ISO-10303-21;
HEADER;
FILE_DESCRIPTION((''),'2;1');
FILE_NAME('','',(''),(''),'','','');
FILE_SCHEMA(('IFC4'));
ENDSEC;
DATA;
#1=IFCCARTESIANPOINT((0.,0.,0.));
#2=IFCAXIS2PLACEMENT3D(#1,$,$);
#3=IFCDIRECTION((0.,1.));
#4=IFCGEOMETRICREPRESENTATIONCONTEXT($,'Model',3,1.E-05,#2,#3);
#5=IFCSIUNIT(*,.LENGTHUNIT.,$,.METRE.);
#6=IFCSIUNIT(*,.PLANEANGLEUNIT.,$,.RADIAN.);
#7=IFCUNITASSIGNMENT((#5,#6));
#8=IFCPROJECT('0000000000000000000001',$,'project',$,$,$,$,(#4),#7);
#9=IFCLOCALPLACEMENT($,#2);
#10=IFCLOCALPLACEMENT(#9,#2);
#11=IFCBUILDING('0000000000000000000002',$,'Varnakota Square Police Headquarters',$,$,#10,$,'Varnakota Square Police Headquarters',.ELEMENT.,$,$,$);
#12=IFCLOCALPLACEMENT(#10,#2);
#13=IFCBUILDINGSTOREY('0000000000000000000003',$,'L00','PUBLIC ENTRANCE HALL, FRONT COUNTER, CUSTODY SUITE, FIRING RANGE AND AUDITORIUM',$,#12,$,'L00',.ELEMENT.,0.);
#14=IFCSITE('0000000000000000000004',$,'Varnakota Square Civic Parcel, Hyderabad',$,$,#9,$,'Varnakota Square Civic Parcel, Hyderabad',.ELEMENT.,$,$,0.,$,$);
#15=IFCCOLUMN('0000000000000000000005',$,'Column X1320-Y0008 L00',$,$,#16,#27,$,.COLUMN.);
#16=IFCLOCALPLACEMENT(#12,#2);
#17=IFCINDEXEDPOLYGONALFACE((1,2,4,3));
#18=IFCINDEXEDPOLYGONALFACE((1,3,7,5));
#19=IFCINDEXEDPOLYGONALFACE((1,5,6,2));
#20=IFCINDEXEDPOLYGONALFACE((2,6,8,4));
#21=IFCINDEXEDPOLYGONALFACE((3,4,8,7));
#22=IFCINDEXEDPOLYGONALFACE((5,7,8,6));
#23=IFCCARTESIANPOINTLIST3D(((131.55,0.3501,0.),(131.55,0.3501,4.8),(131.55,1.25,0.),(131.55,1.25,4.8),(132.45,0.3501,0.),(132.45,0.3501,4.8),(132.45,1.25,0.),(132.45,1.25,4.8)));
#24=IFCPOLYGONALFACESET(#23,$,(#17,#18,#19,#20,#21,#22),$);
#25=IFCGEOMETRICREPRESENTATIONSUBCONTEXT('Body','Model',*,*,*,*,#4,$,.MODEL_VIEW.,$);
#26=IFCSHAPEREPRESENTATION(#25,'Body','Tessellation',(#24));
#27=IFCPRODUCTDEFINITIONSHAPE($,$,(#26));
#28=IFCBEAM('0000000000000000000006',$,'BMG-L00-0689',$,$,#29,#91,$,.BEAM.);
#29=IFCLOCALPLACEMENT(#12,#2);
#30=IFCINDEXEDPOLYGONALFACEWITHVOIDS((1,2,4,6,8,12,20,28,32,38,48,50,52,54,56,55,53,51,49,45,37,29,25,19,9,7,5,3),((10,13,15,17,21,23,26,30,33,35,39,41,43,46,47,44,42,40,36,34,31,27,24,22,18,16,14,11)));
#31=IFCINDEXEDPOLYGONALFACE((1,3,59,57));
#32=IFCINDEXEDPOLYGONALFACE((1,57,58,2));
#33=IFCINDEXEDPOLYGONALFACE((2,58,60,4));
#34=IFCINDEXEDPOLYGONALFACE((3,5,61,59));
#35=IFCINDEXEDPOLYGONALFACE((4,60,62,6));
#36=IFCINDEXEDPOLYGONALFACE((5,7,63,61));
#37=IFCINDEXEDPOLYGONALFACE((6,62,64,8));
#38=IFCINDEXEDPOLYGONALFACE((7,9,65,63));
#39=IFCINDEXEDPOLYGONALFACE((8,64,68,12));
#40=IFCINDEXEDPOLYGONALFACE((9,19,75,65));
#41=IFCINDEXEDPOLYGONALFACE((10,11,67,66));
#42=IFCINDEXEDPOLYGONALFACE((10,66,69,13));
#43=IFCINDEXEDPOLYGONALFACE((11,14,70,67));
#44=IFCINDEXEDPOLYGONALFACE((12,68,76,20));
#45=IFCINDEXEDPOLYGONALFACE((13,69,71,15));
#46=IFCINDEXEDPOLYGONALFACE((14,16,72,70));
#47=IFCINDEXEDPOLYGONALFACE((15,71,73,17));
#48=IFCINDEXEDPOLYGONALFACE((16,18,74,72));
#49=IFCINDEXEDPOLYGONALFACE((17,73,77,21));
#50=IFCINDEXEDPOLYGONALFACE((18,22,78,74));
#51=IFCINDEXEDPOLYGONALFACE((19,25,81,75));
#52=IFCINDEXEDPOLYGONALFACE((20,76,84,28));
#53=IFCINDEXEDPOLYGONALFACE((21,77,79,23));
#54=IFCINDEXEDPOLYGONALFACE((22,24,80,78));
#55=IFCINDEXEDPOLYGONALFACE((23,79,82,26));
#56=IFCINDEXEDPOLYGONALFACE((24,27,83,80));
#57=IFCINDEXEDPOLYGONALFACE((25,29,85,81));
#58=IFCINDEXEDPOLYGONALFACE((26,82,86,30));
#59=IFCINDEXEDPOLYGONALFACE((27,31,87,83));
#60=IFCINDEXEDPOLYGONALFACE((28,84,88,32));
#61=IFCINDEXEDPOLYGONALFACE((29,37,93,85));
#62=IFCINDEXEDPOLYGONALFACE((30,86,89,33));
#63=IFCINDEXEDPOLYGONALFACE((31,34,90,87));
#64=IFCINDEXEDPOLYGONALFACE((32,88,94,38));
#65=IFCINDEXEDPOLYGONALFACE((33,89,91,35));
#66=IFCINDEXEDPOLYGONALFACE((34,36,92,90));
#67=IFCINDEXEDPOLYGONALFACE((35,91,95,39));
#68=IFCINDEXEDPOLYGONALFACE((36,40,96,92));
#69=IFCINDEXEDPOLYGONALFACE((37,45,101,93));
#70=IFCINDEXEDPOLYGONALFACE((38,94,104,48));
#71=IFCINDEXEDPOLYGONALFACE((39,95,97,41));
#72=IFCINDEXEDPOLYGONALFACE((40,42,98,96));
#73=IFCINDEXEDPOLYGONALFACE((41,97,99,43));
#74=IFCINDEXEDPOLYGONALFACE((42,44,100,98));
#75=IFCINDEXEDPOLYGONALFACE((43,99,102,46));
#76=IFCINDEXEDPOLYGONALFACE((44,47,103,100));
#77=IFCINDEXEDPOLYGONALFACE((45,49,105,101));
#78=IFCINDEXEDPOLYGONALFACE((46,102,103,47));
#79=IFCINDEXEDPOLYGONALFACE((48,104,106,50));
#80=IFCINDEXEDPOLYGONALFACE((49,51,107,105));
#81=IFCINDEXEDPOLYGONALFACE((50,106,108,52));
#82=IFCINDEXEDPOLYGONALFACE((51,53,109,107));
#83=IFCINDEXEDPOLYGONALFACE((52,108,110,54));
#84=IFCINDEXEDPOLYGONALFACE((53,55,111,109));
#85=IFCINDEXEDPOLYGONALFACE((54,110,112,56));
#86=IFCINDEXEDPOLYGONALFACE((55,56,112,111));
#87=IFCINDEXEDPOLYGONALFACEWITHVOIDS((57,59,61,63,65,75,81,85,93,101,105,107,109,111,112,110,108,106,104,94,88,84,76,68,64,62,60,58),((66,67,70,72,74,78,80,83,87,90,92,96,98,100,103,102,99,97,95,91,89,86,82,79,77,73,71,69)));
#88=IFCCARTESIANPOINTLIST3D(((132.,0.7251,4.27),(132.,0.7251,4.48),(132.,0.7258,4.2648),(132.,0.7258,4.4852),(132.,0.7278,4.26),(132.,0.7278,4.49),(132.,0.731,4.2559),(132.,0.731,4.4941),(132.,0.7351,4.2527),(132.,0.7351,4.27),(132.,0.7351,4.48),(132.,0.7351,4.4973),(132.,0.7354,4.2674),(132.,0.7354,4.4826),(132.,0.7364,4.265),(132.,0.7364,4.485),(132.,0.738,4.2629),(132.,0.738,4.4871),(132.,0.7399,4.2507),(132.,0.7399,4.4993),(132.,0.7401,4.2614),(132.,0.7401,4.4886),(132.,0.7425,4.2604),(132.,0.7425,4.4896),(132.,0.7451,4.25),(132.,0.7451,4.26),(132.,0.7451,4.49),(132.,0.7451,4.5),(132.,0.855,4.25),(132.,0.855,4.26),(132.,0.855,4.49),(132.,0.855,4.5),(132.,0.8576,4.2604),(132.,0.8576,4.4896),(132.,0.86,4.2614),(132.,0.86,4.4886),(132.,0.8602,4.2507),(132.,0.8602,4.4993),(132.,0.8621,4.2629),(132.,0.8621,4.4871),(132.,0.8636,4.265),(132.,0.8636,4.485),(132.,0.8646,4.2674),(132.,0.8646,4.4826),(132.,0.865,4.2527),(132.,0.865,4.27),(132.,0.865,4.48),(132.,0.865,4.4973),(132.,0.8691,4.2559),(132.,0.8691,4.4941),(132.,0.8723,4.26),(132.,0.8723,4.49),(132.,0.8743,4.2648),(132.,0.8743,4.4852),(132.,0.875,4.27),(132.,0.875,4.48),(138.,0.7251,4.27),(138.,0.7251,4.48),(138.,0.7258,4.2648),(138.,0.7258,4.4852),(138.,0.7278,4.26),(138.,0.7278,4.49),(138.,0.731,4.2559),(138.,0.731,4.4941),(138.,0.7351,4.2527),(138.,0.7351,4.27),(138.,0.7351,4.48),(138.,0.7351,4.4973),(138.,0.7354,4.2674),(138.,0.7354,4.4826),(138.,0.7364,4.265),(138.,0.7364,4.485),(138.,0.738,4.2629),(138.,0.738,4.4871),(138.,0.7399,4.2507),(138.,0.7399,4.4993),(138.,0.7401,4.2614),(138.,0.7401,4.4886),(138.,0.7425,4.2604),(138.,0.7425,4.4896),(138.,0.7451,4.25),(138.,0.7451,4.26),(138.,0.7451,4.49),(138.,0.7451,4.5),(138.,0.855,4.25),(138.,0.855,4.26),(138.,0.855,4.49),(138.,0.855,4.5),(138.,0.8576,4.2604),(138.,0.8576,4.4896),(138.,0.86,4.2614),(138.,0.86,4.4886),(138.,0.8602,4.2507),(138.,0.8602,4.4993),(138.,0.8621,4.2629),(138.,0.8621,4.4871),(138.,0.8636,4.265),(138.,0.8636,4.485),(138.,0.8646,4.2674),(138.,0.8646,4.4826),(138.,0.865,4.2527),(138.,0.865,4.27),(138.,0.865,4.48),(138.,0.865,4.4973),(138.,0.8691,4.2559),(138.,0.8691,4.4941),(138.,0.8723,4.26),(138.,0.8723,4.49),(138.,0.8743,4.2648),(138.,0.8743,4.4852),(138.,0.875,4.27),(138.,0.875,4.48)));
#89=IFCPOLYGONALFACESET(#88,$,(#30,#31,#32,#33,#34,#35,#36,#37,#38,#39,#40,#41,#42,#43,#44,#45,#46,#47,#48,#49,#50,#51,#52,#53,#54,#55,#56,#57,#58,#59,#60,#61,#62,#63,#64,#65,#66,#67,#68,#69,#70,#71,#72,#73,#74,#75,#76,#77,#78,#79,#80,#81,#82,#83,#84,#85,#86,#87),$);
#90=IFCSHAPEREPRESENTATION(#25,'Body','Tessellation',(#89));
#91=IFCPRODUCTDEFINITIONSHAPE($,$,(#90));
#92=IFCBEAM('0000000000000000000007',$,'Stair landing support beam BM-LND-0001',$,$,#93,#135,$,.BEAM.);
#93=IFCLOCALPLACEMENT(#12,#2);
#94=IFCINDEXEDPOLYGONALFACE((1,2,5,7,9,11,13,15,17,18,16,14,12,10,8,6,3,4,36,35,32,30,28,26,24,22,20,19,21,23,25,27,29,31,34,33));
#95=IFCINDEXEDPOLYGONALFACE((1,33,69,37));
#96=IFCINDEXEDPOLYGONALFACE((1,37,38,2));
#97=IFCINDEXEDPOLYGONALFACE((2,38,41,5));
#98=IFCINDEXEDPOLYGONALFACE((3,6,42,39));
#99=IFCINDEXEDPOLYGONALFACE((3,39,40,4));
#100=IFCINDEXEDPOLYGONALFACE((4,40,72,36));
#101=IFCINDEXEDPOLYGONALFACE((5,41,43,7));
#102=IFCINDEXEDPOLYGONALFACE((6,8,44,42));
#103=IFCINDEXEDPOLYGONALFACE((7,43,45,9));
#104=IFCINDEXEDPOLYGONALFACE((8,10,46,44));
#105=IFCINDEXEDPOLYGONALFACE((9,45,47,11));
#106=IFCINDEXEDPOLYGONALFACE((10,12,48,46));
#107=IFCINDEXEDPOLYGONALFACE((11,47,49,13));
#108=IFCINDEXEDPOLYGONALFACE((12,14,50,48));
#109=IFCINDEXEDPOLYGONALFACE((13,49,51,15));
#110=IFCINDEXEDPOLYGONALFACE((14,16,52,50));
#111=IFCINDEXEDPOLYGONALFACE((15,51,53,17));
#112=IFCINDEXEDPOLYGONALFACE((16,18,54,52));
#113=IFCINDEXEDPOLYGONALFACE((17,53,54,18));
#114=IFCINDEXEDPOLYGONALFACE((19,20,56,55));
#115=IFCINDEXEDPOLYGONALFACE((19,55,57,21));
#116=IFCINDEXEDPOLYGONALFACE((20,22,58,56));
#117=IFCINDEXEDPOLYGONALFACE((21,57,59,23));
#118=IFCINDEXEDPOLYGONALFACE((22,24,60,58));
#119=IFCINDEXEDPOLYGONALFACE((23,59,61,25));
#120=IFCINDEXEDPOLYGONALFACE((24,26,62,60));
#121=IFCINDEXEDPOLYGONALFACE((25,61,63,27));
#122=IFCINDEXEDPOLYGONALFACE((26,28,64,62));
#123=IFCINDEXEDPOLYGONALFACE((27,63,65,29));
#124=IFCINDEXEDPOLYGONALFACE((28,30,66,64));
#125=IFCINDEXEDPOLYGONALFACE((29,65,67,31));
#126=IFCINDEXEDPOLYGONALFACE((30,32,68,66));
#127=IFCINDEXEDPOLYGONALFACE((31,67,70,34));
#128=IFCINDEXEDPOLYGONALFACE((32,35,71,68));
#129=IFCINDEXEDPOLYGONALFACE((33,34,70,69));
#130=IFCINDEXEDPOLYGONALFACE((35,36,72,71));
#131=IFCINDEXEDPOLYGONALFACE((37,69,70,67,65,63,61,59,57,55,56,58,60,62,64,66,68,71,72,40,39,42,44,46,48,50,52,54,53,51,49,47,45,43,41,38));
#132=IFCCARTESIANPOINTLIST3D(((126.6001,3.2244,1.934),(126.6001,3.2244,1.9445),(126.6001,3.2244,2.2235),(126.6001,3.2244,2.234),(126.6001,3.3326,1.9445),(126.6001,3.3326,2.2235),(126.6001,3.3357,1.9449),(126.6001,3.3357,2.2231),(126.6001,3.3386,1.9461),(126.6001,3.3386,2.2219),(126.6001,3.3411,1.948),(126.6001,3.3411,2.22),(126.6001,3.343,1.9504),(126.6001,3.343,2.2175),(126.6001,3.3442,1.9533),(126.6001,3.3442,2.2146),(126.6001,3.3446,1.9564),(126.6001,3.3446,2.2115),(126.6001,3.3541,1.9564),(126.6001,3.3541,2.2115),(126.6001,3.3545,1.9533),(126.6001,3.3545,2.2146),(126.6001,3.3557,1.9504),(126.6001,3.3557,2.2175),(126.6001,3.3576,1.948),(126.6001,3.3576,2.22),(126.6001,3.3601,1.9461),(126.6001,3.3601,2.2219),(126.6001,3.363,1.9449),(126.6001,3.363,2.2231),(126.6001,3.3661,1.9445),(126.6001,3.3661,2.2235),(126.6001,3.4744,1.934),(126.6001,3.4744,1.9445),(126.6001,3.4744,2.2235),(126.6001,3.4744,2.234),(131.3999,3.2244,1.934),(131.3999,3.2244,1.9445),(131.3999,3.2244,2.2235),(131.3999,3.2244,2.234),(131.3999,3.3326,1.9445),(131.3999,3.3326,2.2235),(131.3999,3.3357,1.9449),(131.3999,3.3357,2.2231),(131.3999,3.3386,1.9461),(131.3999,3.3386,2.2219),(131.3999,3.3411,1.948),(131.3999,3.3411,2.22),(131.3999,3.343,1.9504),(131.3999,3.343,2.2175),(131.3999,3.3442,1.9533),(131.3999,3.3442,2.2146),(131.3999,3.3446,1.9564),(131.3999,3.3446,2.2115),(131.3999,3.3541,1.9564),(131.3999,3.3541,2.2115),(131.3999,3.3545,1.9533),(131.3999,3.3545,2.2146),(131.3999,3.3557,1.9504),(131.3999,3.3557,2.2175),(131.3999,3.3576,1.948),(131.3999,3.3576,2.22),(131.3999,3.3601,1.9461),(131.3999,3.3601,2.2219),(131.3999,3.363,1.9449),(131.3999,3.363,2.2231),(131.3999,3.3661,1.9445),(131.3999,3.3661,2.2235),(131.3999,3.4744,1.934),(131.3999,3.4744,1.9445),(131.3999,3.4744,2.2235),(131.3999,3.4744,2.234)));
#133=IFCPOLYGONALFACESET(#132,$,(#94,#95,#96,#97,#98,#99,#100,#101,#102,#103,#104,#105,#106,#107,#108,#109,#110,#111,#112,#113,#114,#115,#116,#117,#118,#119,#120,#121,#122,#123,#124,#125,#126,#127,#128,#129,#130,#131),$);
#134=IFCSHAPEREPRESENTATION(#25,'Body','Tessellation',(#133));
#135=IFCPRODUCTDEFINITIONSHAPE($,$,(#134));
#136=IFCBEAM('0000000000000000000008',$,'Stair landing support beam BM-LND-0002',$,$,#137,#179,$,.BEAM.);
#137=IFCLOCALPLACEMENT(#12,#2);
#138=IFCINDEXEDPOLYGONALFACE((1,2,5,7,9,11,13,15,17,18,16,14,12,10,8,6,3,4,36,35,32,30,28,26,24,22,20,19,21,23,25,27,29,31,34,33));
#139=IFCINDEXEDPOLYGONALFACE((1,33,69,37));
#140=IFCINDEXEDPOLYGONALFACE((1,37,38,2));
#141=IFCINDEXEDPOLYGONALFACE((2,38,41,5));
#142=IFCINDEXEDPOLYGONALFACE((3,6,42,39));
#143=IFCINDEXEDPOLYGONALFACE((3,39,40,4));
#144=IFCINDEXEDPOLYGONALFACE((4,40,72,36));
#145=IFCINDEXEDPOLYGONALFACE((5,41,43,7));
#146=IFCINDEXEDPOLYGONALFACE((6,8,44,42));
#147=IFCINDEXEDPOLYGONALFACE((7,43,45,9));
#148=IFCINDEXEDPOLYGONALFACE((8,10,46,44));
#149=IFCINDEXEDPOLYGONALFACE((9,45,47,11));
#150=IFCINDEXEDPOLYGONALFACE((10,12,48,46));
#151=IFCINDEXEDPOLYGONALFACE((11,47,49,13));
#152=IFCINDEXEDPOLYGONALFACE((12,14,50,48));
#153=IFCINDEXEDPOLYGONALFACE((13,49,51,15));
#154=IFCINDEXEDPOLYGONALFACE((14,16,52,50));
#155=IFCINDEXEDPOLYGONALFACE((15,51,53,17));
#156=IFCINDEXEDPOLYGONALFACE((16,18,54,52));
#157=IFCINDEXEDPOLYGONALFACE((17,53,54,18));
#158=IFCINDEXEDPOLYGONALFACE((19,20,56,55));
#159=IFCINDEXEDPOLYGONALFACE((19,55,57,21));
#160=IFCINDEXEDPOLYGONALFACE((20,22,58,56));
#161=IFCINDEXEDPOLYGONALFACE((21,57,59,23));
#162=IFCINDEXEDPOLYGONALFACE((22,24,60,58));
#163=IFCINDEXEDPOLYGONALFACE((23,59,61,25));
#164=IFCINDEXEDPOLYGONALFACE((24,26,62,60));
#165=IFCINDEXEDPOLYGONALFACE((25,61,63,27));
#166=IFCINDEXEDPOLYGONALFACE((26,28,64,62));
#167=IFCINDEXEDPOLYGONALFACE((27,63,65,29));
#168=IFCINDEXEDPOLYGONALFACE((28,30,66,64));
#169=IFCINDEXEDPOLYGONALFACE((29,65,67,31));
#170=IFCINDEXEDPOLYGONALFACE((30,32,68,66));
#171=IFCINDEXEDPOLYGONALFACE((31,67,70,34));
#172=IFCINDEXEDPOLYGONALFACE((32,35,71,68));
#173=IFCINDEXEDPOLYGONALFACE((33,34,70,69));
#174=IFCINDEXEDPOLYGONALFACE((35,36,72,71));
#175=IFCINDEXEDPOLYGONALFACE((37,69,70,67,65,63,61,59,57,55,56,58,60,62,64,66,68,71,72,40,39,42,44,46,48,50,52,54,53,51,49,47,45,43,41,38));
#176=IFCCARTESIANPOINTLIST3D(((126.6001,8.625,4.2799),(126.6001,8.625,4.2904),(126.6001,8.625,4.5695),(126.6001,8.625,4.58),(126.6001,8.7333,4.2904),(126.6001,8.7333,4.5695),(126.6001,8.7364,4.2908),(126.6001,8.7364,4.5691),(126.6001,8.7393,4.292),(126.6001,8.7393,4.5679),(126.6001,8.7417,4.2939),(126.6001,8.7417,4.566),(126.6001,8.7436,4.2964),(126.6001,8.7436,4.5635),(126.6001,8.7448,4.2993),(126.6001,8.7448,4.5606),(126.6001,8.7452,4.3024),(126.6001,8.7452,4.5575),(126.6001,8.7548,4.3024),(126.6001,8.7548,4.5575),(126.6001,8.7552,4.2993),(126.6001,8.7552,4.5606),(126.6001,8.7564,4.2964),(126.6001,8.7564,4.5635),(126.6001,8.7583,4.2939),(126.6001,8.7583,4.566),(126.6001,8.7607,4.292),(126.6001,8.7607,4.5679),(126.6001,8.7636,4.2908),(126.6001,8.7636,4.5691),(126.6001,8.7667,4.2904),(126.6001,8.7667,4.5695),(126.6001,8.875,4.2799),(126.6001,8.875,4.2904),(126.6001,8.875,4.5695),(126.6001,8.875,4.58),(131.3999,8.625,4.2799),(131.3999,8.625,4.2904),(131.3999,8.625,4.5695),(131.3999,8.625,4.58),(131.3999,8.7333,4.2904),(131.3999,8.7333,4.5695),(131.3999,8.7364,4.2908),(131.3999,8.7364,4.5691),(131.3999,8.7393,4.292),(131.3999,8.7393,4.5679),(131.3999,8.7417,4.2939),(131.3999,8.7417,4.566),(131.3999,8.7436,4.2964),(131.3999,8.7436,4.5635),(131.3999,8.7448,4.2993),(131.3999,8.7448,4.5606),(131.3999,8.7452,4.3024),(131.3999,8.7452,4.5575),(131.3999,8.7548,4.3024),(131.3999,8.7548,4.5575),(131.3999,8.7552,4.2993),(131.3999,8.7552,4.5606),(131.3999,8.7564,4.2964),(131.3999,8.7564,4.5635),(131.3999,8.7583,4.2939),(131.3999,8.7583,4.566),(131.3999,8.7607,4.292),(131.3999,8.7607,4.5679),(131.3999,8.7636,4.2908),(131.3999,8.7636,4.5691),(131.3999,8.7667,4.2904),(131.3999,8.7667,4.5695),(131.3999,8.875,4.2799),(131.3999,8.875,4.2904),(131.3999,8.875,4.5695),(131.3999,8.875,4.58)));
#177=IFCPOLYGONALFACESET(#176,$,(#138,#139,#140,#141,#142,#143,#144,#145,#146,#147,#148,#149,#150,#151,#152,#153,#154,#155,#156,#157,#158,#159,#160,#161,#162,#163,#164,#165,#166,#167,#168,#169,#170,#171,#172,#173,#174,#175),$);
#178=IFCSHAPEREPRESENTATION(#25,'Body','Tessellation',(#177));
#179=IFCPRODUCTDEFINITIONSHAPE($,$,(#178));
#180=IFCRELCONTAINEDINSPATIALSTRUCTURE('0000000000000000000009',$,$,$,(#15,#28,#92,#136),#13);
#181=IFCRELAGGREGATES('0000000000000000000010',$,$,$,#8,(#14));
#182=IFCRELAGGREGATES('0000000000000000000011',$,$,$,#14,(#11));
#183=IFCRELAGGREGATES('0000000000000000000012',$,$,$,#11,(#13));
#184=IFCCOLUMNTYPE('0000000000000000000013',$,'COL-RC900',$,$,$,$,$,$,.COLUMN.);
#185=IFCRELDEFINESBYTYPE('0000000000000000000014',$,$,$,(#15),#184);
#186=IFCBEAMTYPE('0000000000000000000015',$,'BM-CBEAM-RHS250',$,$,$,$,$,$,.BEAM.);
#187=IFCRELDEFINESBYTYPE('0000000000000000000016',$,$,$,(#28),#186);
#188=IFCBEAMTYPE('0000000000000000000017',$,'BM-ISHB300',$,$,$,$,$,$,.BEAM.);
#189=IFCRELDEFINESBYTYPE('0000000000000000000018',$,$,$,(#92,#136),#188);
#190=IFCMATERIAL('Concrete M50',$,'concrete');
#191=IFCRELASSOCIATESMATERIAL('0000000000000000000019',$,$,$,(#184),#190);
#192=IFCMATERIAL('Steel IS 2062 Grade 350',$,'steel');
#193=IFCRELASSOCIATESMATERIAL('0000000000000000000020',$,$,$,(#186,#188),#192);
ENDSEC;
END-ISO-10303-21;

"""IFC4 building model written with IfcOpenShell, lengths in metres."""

from ifc_helpers import new_model, si_unit, direction, frame, origin, origin_2d, place, context, subcontext, project, spatial, rectangle, hollow_rectangle, i_section, extrude, material, material_profile, profile_set, type_object, element, save


model = new_model("IFC4")

# Units and contexts
model_context = context("Model", 3, precision=1e-05, world=origin(), true_north=direction((0.0, 1.0)))
body_context = subcontext(model_context, "Body", "Model", "MODEL_VIEW")
ifc_project = project(units=[si_unit("LENGTHUNIT", "METRE"), si_unit("PLANEANGLEUNIT", "RADIAN")], contexts=[model_context])

# Site, building, storey
site_placement = place(None, origin())
site = spatial("IfcSite", under=ifc_project, at=site_placement, Name="Varnakota Square Civic Parcel, Hyderabad", LongName="Varnakota Square Civic Parcel, Hyderabad", CompositionType="ELEMENT", RefElevation=0.0)
building_placement = place(site_placement, origin())
building = spatial("IfcBuilding", under=site, at=building_placement, Name="Varnakota Square Police Headquarters", LongName="Varnakota Square Police Headquarters", CompositionType="ELEMENT")
storey_placement = place(building_placement, origin())
storey = spatial("IfcBuildingStorey", under=building, at=storey_placement, Name="L00", Description="PUBLIC ENTRANCE HALL, FRONT COUNTER, CUSTODY SUITE, FIRING RANGE AND AUDITORIUM", LongName="L00", CompositionType="ELEMENT", Elevation=0.0)

# Column
ifc_material_1 = material(Name="Concrete M50", Category="concrete")
ifc_material_profile_1 = material_profile(ifc_material_1, rectangle(XDim=0.8999, YDim=0.8999, at=origin_2d()), Name="RC 900x900")
ifc_profile_set_1 = profile_set([ifc_material_profile_1], Name="Concrete M50")
column_type = type_object("IfcColumnType", Name="COL-RC900", PredefinedType="COLUMN", material=ifc_profile_set_1)
column_placement = place(storey_placement, frame((132.0, 0.8, 0.0), z_axis=(0.0, 0.0, 1.0), x_axis=(1.0, 0.0, 0.0)))
element("IfcColumn", 1, at=column_placement, inside=storey, type_object=column_type, Name="Column X1320-Y0008 L00", PredefinedType="COLUMN", context=body_context, shape_type="SweptSolid", body=[
    extrude(rectangle(XDim=0.8999, YDim=0.8999, at=origin_2d()), origin(), (0.0, 0.0, 1.0), 4.8),
])

# Beams
ifc_material_2 = material(Name="Steel IS 2062 Grade 350", Category="steel")
ifc_material_profile_2 = material_profile(ifc_material_2, hollow_rectangle(XDim=0.1499, YDim=0.25, WallThickness=0.01, InnerFilletRadius=0.01, OuterFilletRadius=0.02, at=origin_2d()), Name="RHS 250x150x10")
ifc_profile_set_2 = profile_set([ifc_material_profile_2], Name="Steel IS 2062 Grade 350")
beam_type_1 = type_object("IfcBeamType", Name="BM-CBEAM-RHS250", PredefinedType="BEAM", material=ifc_profile_set_2)
beam_placement = place(storey_placement, frame((132.0, 0.8, 4.375), z_axis=(1.0, 0.0, 0.0), x_axis=(0.0, 1.0, 0.0)))
element("IfcBeam", 2, at=beam_placement, inside=storey, type_object=beam_type_1, Name="BMG-L00-0689", PredefinedType="BEAM", context=body_context, shape_type="SweptSolid", body=[
    extrude(hollow_rectangle(XDim=0.1499, YDim=0.25, WallThickness=0.01, InnerFilletRadius=0.01, OuterFilletRadius=0.02, at=origin_2d()), origin(), (0.0, 0.0, 1.0), 6.0),
])
ifc_material_profile_3 = material_profile(ifc_material_2, i_section(OverallWidth=0.25, OverallDepth=0.3, WebThickness=0.0095, FlangeThickness=0.0105, FilletRadius=0.012, at=origin_2d()), Name="ISHB 300")
ifc_profile_set_3 = profile_set([ifc_material_profile_3], Name="Steel IS 2062 Grade 350")
beam_type_2 = type_object("IfcBeamType", Name="BM-ISHB300", PredefinedType="BEAM", material=ifc_profile_set_3)
for number, where, z_axis, x_axis, name in (
    (3, (126.6001, 3.3494, 2.084), (1.0, 0.0, 0.0), (0.0, 1.0, 0.0), "Stair landing support beam BM-LND-0001"),
    (4, (126.6001, 8.75, 4.4299), (1.0, 0.0, 0.0), (0.0, 1.0, 0.0), "Stair landing support beam BM-LND-0002"),
):
    element("IfcBeam", number, at=place(storey_placement, frame(where, z_axis=z_axis, x_axis=x_axis)), inside=storey, type_object=beam_type_2, Name=name, PredefinedType="BEAM", context=body_context, shape_type="SweptSolid", body=[
        extrude(i_section(OverallWidth=0.25, OverallDepth=0.3, WebThickness=0.0095, FlangeThickness=0.0105, FilletRadius=0.012, at=origin_2d()), origin(), (0.0, 0.0, 1.0), 4.7998),
    ])

save(model, "model.ifc")
